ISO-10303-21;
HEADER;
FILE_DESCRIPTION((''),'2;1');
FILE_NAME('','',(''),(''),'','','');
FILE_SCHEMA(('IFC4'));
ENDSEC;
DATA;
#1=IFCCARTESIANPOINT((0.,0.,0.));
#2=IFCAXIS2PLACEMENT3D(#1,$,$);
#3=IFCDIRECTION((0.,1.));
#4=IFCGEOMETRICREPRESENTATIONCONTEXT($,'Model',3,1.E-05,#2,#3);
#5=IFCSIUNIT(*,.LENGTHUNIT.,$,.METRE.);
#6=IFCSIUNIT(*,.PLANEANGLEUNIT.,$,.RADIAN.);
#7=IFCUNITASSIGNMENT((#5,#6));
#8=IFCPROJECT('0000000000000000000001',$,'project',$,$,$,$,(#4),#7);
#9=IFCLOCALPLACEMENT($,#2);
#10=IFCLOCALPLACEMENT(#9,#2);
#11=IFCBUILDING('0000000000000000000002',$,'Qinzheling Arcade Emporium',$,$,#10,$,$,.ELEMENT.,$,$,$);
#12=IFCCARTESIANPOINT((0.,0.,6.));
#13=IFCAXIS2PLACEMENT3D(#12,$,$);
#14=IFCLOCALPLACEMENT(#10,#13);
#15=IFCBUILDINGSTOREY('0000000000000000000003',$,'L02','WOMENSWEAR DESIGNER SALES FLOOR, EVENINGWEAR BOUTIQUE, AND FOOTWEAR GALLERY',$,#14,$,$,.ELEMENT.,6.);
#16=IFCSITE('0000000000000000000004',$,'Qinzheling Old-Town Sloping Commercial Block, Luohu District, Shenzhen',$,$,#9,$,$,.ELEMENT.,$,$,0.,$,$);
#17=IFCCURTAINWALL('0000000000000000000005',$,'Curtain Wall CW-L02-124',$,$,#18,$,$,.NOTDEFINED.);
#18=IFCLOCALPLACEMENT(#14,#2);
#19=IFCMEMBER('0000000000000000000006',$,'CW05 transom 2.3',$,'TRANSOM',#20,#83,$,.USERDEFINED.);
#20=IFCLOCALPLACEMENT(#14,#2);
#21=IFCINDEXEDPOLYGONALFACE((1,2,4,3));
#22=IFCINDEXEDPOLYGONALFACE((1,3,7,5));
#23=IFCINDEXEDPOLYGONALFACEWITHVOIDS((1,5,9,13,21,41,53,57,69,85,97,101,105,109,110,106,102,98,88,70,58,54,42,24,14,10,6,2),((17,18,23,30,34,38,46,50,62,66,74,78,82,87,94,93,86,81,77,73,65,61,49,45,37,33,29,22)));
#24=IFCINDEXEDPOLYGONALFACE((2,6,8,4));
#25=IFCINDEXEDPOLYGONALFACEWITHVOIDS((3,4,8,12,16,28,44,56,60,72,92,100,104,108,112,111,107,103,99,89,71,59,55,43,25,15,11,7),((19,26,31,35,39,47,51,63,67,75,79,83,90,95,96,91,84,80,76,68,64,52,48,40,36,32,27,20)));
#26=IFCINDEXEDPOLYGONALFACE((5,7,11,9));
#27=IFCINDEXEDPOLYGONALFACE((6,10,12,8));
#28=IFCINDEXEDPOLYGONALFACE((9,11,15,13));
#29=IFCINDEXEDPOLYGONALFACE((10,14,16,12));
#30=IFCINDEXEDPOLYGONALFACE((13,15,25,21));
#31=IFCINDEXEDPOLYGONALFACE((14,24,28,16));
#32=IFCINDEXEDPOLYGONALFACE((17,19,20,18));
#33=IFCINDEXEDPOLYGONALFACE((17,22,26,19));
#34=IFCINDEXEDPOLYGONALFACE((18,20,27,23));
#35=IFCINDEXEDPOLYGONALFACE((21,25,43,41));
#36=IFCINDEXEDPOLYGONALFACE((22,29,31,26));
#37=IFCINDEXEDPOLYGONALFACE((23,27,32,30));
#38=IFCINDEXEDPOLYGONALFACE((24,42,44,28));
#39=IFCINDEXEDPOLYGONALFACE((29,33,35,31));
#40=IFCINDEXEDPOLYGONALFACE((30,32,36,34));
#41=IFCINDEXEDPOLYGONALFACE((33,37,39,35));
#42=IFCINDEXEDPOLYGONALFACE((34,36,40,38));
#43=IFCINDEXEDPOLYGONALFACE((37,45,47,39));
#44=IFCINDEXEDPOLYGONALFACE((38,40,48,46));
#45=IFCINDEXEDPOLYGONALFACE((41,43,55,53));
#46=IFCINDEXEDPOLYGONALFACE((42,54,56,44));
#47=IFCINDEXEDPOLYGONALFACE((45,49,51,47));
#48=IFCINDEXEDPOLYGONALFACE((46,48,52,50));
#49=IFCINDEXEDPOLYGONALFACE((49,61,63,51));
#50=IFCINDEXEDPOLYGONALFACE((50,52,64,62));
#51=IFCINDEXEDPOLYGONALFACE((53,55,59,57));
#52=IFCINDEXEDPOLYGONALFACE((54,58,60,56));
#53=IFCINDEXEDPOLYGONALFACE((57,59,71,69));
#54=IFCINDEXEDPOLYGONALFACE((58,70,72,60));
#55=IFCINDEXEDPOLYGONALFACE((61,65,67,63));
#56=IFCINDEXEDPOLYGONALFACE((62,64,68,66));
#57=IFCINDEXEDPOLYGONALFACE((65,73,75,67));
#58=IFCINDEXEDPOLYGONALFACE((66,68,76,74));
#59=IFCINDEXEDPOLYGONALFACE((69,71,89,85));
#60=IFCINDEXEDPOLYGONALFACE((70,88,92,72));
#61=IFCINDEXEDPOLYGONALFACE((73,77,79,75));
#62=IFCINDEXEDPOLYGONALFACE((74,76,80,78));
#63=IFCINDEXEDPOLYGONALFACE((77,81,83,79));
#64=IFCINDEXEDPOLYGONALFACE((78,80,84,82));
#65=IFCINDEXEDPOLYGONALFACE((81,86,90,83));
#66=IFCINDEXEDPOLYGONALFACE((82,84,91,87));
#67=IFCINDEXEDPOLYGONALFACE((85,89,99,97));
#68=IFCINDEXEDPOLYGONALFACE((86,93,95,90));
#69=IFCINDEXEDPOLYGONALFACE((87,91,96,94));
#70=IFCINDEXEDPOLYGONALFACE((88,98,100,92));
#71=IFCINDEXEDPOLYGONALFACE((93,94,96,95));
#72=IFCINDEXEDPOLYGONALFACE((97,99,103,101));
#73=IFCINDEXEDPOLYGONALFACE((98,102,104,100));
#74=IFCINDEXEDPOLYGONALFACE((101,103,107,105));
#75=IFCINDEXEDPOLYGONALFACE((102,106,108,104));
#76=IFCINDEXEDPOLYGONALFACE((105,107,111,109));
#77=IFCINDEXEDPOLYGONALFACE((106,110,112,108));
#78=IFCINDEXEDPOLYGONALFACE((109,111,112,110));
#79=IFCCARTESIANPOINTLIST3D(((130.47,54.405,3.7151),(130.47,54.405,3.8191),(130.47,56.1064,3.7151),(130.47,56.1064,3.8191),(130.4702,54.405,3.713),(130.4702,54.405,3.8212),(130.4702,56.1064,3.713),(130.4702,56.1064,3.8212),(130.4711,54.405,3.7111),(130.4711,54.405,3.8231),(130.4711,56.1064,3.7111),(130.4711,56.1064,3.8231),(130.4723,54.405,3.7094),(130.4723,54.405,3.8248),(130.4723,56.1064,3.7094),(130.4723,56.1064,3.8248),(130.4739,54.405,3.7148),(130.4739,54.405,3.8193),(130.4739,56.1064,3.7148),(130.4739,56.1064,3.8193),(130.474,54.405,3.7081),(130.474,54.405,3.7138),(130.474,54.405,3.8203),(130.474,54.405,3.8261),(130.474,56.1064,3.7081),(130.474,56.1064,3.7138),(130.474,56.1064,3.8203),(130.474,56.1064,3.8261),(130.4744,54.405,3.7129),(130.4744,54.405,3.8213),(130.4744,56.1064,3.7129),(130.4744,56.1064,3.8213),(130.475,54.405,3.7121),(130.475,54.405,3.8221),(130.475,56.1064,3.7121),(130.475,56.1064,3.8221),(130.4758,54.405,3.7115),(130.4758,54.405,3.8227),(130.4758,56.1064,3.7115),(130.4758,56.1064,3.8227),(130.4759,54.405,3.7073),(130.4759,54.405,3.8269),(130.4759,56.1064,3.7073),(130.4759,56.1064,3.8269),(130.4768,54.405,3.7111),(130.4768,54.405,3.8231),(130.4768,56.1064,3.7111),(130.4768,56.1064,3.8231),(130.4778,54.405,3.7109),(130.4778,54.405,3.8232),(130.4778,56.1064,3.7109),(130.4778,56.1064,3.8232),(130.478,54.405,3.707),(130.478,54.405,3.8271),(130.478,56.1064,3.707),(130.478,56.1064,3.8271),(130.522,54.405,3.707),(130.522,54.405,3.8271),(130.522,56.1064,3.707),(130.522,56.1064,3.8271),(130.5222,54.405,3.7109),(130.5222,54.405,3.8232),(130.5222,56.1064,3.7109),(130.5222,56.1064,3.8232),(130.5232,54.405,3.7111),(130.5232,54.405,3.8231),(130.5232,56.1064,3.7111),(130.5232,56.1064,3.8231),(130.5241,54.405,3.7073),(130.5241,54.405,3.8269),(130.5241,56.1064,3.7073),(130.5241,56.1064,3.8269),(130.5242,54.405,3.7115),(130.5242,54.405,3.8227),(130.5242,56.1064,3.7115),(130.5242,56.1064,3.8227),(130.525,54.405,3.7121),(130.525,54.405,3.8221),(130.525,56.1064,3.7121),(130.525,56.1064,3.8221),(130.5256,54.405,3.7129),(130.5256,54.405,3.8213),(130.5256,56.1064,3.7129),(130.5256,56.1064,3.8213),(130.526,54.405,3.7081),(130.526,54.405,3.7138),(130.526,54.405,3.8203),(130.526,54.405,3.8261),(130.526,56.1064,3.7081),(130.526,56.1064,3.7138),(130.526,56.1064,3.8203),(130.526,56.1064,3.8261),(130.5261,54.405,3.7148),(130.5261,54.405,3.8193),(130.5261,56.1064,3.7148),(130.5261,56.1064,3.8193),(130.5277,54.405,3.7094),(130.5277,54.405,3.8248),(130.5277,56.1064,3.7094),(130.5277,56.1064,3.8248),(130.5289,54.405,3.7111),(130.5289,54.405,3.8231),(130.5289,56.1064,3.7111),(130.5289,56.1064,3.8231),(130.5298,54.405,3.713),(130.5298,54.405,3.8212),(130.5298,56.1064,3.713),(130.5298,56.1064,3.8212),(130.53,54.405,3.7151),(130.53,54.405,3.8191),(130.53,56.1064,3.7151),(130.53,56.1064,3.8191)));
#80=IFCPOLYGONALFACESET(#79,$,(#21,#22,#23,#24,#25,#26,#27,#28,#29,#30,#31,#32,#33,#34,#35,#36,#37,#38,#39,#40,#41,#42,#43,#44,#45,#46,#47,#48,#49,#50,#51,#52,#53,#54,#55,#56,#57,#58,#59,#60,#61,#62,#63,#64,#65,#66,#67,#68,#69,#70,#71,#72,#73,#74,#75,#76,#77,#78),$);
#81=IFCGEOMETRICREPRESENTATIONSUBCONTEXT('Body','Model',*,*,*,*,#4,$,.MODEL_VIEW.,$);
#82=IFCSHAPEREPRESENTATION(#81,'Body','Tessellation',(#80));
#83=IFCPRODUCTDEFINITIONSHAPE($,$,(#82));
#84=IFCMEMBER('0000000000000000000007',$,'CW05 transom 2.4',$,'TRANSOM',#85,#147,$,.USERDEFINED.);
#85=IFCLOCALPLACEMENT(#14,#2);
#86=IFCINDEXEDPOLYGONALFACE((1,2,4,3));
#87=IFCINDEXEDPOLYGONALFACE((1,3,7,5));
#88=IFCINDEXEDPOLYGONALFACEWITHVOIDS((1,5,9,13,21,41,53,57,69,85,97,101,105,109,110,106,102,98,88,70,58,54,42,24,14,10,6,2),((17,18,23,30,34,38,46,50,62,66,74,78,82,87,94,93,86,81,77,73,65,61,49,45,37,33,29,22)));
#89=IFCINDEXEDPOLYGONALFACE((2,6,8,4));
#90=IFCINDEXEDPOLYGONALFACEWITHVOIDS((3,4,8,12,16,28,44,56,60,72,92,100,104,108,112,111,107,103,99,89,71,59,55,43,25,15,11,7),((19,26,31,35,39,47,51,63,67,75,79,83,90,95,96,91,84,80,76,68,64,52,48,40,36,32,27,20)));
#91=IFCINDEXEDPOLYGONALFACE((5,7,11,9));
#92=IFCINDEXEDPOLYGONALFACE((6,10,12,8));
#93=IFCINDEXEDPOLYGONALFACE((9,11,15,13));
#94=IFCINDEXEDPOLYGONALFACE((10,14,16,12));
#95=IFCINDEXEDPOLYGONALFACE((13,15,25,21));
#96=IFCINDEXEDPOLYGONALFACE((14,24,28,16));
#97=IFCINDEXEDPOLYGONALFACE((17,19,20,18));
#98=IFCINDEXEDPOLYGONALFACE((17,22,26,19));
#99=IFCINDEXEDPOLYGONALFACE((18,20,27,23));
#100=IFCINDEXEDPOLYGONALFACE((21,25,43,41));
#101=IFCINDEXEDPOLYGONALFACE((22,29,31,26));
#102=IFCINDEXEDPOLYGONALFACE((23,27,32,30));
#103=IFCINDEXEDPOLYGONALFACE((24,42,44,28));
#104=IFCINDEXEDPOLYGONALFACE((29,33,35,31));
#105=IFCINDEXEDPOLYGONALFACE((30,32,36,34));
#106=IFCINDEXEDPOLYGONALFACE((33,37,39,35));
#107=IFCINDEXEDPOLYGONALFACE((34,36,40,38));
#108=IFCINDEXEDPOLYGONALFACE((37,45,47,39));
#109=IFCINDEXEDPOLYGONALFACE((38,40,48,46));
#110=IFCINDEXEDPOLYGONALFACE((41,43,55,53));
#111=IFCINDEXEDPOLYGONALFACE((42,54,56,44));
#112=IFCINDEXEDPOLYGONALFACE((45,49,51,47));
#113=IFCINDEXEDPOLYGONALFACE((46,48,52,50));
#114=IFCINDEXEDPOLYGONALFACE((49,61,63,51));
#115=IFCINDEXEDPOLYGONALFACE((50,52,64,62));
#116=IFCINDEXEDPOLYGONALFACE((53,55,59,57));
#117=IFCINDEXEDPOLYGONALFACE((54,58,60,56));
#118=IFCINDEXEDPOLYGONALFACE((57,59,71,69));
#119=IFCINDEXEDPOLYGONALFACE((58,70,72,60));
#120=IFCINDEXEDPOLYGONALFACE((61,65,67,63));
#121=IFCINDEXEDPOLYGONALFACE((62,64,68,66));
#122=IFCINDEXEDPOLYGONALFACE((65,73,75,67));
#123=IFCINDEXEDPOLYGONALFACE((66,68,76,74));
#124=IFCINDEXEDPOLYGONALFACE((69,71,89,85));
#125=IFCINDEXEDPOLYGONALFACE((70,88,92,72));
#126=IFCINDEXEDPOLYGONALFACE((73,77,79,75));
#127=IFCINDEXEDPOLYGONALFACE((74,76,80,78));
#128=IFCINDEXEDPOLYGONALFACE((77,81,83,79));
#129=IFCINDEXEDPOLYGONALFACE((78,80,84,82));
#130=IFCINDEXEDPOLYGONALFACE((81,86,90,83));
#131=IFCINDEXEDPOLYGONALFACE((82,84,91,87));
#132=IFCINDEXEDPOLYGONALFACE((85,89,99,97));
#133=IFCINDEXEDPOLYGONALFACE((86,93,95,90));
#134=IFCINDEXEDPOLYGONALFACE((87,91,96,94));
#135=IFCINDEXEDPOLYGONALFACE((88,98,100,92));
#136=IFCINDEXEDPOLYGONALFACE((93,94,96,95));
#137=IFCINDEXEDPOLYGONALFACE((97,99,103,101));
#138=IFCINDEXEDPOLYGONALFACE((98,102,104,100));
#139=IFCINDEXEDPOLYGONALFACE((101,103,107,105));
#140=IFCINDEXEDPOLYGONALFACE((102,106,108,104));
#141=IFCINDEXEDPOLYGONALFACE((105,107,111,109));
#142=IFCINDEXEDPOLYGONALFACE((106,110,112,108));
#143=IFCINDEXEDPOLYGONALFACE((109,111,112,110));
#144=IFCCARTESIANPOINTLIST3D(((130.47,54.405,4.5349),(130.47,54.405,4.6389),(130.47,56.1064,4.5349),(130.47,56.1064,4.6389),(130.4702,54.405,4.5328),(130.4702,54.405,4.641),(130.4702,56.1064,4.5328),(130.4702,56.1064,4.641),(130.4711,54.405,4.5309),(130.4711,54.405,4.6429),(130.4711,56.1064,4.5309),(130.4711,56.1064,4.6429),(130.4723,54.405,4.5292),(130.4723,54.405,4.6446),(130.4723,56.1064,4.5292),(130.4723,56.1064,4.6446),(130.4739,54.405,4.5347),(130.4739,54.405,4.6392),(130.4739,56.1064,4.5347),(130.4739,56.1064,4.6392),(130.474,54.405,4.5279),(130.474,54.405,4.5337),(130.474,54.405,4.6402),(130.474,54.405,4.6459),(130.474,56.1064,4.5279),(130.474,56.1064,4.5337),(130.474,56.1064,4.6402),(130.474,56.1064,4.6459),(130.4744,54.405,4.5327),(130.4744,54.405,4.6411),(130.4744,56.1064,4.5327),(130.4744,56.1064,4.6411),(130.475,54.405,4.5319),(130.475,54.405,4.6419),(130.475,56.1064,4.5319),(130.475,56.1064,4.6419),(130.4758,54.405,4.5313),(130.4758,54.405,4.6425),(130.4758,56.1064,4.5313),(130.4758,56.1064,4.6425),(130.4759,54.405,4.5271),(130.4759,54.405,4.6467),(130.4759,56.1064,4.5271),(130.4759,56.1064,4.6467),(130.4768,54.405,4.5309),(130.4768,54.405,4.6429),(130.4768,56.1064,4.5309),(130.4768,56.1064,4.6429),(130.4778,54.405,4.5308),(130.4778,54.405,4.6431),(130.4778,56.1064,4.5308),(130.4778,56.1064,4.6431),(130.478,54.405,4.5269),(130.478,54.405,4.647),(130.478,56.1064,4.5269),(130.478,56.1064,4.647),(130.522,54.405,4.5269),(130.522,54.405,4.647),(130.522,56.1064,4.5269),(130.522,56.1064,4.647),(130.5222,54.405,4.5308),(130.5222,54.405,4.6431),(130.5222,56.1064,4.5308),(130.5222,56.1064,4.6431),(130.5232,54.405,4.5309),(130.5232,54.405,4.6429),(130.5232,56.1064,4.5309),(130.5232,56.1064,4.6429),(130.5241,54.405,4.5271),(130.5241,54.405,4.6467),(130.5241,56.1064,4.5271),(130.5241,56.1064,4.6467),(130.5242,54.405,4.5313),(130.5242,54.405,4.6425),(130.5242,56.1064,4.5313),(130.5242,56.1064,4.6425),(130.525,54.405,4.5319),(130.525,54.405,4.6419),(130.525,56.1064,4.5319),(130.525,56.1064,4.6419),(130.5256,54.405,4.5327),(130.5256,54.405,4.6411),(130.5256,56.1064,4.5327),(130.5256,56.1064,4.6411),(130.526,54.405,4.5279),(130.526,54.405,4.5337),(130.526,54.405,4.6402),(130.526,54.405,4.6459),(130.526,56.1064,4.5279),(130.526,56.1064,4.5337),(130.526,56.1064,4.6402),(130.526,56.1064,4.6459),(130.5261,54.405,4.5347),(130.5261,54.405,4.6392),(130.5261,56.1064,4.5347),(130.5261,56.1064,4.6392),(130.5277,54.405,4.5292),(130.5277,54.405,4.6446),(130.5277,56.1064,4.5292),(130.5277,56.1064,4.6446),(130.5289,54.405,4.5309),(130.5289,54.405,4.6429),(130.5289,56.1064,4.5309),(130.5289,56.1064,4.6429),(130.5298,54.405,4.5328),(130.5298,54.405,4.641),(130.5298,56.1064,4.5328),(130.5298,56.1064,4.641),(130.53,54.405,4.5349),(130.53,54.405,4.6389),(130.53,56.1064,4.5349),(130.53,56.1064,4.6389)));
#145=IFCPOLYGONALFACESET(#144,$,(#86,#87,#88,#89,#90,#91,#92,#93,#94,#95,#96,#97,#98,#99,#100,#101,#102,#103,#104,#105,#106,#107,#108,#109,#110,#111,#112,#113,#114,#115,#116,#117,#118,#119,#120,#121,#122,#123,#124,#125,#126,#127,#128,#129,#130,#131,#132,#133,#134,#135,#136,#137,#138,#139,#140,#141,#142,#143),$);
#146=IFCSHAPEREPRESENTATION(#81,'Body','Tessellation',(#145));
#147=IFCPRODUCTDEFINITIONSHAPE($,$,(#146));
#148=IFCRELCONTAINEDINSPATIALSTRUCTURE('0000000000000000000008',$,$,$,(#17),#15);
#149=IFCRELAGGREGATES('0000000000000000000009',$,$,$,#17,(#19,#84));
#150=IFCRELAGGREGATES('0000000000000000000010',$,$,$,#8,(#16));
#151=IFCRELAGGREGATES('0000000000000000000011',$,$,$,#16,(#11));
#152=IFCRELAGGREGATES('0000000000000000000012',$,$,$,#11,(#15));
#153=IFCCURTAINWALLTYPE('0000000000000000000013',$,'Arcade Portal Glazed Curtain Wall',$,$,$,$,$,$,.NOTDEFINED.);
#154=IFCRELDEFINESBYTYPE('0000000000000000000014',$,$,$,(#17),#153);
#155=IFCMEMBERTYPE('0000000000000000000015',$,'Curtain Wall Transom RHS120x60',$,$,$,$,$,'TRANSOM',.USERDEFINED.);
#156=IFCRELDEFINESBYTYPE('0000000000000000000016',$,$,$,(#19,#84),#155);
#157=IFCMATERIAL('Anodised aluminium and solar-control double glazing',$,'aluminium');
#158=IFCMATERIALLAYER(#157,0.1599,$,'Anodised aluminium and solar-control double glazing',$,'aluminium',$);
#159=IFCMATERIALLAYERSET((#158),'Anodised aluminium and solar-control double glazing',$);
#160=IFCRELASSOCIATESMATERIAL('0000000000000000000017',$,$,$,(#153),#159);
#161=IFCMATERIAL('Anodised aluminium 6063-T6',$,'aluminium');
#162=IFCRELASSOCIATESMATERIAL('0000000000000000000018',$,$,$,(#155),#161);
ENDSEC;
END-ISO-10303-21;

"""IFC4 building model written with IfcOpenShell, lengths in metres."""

from ifc_helpers import new_model, si_unit, direction, frame, origin, origin_2d, place, context, subcontext, project, spatial, hollow_rectangle, extrude, material, layer, layer_set, material_profile, profile_set, type_object, element, aggregate, save


model = new_model("IFC4")

# Units and contexts
model_context = context("Model", 3, precision=1e-05, world=origin(), true_north=direction((0.0, 1.0)))
body_context = subcontext(model_context, "Body", "Model", "MODEL_VIEW")
ifc_project = project(units=[si_unit("LENGTHUNIT", "METRE"), si_unit("PLANEANGLEUNIT", "RADIAN")], contexts=[model_context])

# Site, building, storey
site_placement = place(None, origin())
site = spatial("IfcSite", under=ifc_project, at=site_placement, Name="Qinzheling Old-Town Sloping Commercial Block, Luohu District, Shenzhen", CompositionType="ELEMENT", RefElevation=0.0)
building_placement = place(site_placement, origin())
building = spatial("IfcBuilding", under=site, at=building_placement, Name="Qinzheling Arcade Emporium", CompositionType="ELEMENT")
storey_placement = place(building_placement, frame((0.0, 0.0, 6.0)))
storey = spatial("IfcBuildingStorey", under=building, at=storey_placement, Name="L02", Description="WOMENSWEAR DESIGNER SALES FLOOR, EVENINGWEAR BOUTIQUE, AND FOOTWEAR GALLERY", CompositionType="ELEMENT", Elevation=6.0)

# Shared definitions
ifc_material_1 = material(Name="Anodised aluminium and solar-control double glazing", Category="aluminium")
ifc_layer_1 = layer(ifc_material_1, 0.1599, Name="Anodised aluminium and solar-control double glazing", Category="aluminium")
ifc_layer_set_1 = layer_set([ifc_layer_1], Name="Anodised aluminium and solar-control double glazing")
curtain_wall_type = type_object("IfcCurtainWallType", Name="Arcade Portal Glazed Curtain Wall", PredefinedType="NOTDEFINED", material=ifc_layer_set_1)
ifc_material_2 = material(Name="Anodised aluminium 6063-T6", Category="aluminium")

# Curtain wall, members
curtain_wall_1_placement = place(storey_placement, origin())
curtain_wall_1 = element("IfcCurtainWall", 1, at=curtain_wall_1_placement, inside=storey, type_object=curtain_wall_type, Name="Curtain Wall CW-L02-124", PredefinedType="NOTDEFINED")
ifc_material_profile_1 = material_profile(ifc_material_2, hollow_rectangle(XDim=0.0601, YDim=0.1201, WallThickness=0.0039, InnerFilletRadius=0.0039, OuterFilletRadius=0.0081, at=origin_2d()), Name="RHS 120x60x4", Category="aluminium")
ifc_profile_set_1 = profile_set([ifc_material_profile_1], Name="Anodised aluminium 6063-T6")
member_type_1 = type_object("IfcMemberType", Name="Curtain Wall Transom RHS120x60", ElementType="TRANSOM", PredefinedType="USERDEFINED", material=ifc_profile_set_1)
member_1_placement = place(storey_placement, frame((130.5, 56.1064, 3.7671), z_axis=(0.0, -1.0, 0.0), x_axis=(1.0, 0.0, 0.0)))
member_1 = element("IfcMember", 2, at=member_1_placement, type_object=member_type_1, Name="CW05 transom 2.3", ObjectType="TRANSOM", PredefinedType="USERDEFINED", context=body_context, shape_type="SweptSolid", body=[
    extrude(hollow_rectangle(XDim=0.0601, YDim=0.1201, WallThickness=0.0039, InnerFilletRadius=0.0039, OuterFilletRadius=0.0081, at=origin_2d()), origin(), (0.0, 0.0, 1.0), 1.7014),
])
member_2_placement = place(storey_placement, frame((130.5, 56.1064, 4.5869), z_axis=(0.0, -1.0, 0.0), x_axis=(1.0, 0.0, 0.0)))
member_2 = element("IfcMember", 3, at=member_2_placement, type_object=member_type_1, Name="CW05 transom 2.4", ObjectType="TRANSOM", PredefinedType="USERDEFINED", context=body_context, shape_type="SweptSolid", body=[
    extrude(hollow_rectangle(XDim=0.0601, YDim=0.1201, WallThickness=0.0039, InnerFilletRadius=0.0039, OuterFilletRadius=0.0081, at=origin_2d()), origin(), (0.0, 0.0, 1.0), 1.7014),
])
aggregate(curtain_wall_1, [member_1, member_2])

save(model, "model.ifc")
